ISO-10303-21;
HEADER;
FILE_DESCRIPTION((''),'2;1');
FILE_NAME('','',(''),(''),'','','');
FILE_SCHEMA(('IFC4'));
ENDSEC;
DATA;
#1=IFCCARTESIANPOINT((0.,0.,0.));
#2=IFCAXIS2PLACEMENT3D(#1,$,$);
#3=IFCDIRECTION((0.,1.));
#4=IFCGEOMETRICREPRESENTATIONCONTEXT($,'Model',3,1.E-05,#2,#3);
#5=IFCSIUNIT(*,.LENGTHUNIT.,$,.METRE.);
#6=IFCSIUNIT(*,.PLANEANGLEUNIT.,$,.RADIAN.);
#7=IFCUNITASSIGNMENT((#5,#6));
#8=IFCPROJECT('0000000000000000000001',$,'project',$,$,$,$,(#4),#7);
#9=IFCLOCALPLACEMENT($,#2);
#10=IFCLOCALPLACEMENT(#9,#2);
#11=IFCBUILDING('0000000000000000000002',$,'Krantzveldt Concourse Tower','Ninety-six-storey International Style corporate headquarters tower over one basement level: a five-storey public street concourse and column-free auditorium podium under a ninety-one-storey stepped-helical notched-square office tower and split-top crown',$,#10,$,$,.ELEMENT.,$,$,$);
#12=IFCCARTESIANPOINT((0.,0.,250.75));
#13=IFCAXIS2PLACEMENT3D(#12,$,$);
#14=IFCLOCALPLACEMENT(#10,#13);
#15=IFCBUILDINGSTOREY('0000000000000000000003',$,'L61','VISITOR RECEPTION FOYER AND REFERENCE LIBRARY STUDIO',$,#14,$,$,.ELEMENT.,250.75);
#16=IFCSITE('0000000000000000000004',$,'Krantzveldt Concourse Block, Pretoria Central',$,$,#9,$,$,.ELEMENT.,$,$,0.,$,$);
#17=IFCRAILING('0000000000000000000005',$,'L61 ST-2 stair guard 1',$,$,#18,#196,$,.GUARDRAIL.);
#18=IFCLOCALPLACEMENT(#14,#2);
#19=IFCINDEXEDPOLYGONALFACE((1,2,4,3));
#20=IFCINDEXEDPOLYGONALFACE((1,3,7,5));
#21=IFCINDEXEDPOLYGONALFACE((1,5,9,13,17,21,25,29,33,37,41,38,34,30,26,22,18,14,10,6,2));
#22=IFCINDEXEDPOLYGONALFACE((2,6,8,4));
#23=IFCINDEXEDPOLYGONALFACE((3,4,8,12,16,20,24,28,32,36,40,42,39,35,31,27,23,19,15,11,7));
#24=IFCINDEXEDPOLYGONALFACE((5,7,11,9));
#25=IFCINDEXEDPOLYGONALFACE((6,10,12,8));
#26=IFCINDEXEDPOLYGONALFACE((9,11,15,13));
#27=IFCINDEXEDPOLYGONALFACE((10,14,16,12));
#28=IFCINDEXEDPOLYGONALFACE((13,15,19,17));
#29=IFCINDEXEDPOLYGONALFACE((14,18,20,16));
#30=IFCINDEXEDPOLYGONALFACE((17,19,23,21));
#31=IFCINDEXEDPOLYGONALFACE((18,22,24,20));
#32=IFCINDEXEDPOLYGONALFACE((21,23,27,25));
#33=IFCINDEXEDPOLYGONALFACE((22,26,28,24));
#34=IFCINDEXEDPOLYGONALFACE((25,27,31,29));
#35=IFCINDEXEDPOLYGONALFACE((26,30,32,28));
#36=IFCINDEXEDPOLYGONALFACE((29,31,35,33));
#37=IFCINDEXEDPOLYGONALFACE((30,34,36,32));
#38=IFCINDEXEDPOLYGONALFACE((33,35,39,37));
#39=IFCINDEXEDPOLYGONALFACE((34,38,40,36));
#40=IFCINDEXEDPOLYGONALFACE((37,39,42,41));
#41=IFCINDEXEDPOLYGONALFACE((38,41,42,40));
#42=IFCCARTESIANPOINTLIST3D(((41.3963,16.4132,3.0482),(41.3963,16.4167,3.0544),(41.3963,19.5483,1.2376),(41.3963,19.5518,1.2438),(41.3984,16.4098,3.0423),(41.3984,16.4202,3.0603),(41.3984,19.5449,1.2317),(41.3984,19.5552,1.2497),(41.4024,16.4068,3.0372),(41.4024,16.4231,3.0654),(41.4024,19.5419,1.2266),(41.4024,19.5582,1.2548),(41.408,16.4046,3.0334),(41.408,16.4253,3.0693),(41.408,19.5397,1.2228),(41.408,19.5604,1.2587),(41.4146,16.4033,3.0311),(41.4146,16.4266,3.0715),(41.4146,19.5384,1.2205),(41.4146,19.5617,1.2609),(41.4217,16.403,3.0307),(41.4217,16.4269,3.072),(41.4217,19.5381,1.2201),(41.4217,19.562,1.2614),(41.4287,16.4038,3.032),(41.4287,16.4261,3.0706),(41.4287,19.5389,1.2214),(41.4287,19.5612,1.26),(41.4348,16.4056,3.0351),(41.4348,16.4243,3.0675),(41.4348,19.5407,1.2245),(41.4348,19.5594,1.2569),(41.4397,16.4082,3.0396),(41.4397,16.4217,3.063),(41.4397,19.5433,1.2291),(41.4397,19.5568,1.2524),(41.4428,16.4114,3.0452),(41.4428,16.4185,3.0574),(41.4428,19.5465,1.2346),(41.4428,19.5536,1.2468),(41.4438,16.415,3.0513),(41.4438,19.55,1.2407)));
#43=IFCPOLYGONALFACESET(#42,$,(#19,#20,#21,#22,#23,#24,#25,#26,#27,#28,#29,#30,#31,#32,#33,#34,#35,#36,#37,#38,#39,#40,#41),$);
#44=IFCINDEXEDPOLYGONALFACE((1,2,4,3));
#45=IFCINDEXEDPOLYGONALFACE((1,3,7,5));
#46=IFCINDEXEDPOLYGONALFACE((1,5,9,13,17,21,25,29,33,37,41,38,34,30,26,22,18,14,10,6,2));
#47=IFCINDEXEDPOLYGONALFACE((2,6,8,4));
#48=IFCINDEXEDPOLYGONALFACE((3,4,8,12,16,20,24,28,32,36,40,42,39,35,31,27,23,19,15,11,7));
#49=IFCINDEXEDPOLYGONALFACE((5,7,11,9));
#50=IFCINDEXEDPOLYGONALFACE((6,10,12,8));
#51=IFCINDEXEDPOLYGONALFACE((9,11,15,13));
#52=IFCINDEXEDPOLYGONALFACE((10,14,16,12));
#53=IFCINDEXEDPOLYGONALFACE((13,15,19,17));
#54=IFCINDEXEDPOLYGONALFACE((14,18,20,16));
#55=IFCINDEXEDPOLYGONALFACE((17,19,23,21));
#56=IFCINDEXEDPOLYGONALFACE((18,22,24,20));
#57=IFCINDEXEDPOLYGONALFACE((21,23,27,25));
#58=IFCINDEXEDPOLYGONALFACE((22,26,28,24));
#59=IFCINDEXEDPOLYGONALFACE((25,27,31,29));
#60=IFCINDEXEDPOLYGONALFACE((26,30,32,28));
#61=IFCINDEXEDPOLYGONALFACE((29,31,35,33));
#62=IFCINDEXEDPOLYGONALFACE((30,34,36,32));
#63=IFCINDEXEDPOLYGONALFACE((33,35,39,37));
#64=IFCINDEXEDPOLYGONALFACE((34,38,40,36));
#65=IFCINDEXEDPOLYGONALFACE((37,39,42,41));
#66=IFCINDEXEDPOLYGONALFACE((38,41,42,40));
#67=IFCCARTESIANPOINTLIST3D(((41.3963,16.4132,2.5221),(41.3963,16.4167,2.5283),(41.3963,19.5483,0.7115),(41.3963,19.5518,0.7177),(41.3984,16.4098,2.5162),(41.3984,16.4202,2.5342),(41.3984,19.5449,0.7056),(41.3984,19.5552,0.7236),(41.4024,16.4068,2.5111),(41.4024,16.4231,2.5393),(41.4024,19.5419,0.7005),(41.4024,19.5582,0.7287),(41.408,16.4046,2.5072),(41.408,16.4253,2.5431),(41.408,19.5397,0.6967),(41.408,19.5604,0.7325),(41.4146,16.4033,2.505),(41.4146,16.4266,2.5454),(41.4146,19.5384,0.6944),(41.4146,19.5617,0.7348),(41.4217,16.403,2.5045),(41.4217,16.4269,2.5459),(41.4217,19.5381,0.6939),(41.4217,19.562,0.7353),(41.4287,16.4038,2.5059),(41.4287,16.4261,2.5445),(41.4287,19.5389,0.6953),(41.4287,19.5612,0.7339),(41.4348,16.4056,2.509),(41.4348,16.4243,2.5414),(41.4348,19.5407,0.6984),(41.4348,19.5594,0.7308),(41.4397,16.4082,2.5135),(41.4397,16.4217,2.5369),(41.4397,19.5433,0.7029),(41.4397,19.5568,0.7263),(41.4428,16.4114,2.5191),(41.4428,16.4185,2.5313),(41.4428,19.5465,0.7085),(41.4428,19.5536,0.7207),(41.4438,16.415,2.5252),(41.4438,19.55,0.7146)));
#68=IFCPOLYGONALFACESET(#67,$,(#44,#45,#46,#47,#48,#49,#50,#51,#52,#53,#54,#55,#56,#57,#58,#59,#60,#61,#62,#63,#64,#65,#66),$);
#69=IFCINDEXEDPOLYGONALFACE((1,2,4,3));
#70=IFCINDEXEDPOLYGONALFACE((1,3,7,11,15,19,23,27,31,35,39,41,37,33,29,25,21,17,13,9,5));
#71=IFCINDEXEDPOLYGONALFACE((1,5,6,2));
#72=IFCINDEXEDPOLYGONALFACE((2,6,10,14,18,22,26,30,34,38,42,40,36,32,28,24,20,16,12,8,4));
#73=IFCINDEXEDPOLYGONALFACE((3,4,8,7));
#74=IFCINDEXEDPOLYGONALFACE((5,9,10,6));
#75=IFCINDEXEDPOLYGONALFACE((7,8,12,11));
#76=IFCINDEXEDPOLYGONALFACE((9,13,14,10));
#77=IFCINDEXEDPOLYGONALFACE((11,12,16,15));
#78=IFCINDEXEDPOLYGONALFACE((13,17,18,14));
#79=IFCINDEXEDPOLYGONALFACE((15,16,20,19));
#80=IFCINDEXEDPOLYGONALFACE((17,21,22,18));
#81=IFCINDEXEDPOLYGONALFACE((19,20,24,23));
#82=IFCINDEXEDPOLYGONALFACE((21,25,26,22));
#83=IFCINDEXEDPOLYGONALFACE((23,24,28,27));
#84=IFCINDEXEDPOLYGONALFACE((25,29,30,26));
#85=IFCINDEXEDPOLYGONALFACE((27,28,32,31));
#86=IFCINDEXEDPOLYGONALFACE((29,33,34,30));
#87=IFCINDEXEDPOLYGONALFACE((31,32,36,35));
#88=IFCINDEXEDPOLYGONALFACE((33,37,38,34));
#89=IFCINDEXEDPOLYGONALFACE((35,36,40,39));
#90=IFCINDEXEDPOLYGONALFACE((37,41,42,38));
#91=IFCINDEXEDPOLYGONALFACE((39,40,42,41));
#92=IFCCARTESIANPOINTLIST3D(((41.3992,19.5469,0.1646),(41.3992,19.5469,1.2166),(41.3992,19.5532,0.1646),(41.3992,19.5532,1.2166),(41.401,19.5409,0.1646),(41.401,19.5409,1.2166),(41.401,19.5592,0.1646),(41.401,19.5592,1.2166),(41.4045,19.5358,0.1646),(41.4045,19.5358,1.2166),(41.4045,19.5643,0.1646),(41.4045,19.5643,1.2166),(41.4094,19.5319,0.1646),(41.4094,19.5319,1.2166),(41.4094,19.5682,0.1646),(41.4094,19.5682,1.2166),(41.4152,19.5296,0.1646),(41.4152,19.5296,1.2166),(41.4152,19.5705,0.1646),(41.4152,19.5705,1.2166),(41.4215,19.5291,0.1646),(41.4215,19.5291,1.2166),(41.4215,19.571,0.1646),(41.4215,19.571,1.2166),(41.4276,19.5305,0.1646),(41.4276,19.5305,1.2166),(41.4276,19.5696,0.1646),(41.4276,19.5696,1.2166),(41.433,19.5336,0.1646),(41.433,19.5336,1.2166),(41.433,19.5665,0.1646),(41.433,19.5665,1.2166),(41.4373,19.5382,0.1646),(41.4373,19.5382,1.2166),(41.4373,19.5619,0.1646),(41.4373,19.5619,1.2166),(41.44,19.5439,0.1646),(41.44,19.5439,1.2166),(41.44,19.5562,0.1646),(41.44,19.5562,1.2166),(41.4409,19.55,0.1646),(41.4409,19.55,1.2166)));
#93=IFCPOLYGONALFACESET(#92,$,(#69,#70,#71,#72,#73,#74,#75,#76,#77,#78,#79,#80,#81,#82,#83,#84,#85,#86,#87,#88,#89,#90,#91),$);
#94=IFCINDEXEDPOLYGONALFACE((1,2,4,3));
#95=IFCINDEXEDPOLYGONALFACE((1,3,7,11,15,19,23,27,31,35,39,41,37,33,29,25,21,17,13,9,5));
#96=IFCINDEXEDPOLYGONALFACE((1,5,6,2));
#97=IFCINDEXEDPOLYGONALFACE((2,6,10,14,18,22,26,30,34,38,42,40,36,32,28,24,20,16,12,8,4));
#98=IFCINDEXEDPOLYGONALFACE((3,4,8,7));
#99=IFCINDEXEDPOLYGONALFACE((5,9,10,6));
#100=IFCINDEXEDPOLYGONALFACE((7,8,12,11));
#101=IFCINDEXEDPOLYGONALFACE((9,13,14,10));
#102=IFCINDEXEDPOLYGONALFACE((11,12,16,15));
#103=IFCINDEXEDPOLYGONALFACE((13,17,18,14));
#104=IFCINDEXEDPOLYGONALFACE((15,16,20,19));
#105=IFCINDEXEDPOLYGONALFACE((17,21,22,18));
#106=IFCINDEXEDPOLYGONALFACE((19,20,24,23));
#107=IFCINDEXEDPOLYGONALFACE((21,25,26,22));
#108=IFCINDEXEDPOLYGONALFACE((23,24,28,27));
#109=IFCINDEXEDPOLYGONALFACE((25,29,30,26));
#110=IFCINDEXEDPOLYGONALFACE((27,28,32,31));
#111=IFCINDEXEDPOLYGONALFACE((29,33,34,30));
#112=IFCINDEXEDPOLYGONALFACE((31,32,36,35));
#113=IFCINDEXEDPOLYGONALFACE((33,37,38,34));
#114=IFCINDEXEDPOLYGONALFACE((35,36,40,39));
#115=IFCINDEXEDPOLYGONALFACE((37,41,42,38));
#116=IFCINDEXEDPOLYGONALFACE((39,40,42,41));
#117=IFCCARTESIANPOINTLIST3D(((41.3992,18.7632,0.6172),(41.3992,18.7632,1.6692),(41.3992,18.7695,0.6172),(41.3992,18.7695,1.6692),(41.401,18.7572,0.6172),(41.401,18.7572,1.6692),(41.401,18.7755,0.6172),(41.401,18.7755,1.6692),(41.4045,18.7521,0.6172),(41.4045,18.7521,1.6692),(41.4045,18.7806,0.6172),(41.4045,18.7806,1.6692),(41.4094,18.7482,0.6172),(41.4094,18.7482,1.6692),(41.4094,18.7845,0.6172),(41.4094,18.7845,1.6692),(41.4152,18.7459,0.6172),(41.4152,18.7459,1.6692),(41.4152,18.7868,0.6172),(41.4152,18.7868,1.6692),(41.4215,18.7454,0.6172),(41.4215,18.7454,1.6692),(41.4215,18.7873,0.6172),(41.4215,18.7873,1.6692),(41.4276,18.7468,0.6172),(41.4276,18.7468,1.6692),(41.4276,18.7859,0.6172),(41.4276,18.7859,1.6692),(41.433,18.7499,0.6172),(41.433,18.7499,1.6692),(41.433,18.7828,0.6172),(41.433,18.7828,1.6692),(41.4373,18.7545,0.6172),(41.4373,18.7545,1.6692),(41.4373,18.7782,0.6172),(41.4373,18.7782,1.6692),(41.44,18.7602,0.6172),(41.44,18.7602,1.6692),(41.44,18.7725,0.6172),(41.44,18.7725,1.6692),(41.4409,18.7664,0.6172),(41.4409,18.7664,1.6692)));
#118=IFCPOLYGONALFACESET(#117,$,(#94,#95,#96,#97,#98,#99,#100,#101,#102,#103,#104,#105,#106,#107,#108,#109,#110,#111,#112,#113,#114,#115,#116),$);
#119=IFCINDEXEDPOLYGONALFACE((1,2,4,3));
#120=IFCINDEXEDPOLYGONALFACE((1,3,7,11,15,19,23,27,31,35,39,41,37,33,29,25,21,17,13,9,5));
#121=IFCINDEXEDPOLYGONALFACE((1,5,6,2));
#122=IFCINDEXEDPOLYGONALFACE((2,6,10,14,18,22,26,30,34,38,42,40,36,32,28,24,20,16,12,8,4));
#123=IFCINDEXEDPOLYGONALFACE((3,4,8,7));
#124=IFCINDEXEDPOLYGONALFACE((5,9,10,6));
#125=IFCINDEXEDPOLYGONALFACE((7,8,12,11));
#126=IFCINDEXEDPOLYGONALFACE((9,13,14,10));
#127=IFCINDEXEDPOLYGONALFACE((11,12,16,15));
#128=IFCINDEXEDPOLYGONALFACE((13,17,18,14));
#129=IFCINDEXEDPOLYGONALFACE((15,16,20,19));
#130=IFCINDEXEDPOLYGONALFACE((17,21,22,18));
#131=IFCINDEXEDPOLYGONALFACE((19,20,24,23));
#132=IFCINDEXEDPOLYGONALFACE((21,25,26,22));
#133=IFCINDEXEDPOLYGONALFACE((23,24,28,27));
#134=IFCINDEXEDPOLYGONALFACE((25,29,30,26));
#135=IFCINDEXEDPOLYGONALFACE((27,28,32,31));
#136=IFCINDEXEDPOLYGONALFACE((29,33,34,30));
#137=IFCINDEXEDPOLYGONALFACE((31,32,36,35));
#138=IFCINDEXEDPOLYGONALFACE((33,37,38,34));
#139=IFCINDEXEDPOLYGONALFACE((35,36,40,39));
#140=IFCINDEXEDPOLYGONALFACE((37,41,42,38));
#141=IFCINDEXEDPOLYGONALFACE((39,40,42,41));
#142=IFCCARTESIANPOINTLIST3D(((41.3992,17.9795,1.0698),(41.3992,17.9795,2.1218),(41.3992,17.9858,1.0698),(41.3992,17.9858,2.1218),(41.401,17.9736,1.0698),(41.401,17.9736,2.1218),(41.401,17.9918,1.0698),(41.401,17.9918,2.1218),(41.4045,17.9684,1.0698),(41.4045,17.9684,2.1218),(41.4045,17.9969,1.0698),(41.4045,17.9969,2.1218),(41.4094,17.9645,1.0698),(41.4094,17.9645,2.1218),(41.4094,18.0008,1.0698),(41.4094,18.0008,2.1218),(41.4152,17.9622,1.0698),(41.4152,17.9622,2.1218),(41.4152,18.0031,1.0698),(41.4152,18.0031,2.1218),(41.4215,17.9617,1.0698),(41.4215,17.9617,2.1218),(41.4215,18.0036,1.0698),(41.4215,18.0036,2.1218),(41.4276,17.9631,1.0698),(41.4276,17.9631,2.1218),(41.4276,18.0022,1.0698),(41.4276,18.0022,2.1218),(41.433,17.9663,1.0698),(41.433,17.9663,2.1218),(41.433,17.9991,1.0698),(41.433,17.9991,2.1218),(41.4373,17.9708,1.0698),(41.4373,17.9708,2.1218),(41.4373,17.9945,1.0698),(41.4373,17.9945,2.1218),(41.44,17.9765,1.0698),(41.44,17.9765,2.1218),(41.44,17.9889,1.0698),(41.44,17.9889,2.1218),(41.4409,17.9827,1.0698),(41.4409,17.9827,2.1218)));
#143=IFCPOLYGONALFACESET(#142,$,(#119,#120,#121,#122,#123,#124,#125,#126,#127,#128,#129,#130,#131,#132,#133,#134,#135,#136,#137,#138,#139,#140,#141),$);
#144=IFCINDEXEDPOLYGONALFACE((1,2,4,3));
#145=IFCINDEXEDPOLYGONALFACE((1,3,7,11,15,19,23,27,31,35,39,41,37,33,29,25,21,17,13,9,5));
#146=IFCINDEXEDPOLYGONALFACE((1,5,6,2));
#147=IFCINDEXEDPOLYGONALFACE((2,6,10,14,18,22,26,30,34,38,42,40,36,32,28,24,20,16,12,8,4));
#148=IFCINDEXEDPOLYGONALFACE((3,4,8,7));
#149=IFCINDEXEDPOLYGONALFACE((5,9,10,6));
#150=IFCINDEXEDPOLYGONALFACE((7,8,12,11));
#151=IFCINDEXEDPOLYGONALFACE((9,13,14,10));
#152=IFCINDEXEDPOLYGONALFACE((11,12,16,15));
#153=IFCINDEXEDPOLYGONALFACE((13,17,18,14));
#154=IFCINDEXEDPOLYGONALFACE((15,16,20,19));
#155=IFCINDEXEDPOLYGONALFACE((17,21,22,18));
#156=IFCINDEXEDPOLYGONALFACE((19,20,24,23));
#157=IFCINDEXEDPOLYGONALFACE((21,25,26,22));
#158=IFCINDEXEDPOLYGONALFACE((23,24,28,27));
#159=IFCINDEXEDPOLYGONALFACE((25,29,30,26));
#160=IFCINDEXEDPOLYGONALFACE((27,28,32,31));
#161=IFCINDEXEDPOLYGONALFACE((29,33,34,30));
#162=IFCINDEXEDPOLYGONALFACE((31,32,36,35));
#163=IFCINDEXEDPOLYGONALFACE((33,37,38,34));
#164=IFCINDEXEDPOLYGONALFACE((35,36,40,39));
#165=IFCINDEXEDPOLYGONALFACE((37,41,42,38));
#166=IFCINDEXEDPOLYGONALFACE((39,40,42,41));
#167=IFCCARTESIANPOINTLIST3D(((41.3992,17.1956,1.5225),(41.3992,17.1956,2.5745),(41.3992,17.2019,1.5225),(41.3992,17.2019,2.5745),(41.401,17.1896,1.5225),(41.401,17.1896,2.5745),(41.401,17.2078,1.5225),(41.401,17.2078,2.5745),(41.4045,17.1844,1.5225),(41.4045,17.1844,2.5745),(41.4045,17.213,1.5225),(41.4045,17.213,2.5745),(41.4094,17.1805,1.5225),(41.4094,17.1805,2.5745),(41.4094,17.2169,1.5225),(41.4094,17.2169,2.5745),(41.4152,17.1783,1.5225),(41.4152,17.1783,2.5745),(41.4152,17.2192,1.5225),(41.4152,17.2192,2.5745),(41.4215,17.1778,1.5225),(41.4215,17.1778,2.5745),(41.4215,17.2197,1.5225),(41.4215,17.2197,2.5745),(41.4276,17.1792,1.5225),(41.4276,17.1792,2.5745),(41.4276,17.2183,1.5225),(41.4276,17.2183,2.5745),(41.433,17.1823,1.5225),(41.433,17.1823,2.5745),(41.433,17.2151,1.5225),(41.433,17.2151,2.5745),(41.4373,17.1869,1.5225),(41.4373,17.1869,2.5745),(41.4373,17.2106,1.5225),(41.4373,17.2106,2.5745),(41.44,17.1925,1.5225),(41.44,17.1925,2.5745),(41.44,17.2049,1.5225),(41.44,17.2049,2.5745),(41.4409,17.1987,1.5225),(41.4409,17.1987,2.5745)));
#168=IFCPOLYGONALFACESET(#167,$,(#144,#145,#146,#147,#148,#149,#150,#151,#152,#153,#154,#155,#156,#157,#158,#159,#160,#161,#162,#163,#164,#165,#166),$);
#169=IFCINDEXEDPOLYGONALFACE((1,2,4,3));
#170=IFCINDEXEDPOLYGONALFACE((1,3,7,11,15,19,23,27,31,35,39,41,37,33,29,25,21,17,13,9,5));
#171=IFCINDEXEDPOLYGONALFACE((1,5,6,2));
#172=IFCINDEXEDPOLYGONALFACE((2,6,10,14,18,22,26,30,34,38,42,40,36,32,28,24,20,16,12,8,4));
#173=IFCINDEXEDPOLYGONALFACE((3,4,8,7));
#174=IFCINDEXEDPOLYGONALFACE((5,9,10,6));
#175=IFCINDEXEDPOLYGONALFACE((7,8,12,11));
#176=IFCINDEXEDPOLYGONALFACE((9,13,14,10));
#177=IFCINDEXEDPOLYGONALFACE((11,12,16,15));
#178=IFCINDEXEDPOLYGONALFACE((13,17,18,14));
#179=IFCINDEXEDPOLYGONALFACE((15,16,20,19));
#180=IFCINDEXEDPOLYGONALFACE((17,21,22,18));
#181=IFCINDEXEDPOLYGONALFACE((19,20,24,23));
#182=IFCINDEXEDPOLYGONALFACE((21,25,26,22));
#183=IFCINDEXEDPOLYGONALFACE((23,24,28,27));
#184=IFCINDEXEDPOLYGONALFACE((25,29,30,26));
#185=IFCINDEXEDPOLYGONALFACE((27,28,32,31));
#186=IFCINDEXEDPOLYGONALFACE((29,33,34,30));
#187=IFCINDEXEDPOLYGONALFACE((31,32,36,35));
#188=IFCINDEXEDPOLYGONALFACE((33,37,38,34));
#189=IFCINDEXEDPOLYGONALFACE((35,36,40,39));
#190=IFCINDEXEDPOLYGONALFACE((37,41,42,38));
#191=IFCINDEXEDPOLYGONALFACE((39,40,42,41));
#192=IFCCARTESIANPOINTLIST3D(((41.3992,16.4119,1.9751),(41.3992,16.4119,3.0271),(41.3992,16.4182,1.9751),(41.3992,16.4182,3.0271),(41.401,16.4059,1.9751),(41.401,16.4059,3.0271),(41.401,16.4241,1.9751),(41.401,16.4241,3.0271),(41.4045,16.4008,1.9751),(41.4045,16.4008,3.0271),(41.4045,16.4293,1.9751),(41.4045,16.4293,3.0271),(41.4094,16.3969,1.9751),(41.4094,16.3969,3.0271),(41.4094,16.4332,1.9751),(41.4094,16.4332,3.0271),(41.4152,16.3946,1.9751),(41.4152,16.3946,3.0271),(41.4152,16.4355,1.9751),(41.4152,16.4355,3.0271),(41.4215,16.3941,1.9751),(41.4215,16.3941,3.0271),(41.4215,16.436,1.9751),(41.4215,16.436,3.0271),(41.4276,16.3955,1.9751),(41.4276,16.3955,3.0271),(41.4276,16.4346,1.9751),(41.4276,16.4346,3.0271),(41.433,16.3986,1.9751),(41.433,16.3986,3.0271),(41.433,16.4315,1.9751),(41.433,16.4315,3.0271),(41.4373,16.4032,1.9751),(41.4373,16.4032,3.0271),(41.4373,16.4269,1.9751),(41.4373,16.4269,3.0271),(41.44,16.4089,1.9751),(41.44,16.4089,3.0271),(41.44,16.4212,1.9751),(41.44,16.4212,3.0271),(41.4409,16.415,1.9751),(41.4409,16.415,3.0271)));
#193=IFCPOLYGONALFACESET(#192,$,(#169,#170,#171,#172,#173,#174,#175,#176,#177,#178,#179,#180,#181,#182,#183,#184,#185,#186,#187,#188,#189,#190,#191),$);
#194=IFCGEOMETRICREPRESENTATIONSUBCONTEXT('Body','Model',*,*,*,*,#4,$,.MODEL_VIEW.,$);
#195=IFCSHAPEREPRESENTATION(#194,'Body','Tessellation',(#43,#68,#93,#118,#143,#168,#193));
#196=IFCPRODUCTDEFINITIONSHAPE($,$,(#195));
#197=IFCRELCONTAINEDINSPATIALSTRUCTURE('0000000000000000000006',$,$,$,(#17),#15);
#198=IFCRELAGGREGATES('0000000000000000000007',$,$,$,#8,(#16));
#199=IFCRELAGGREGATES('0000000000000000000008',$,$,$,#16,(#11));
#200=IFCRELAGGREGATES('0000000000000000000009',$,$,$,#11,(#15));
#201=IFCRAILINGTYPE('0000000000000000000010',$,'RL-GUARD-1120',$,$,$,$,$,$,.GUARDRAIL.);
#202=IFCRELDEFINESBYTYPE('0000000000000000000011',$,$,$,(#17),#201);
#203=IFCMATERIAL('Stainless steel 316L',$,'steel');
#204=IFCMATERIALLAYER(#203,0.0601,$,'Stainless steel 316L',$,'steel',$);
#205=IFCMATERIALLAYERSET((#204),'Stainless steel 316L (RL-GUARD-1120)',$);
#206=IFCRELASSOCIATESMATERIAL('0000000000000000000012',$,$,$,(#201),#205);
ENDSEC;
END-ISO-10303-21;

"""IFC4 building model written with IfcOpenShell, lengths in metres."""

from ifc_helpers import new_model, si_unit, direction, frame, origin, origin_2d, place, context, subcontext, project, spatial, circle, extrude, material, layer, layer_set, type_object, element, save


model = new_model("IFC4")

# Units and contexts
model_context = context("Model", 3, precision=1e-05, world=origin(), true_north=direction((0.0, 1.0)))
body_context = subcontext(model_context, "Body", "Model", "MODEL_VIEW")
ifc_project = project(units=[si_unit("LENGTHUNIT", "METRE"), si_unit("PLANEANGLEUNIT", "RADIAN")], contexts=[model_context])

# Site, building, storey
site_placement = place(None, origin())
site = spatial("IfcSite", under=ifc_project, at=site_placement, Name="Krantzveldt Concourse Block, Pretoria Central", CompositionType="ELEMENT", RefElevation=0.0)
building_placement = place(site_placement, origin())
building = spatial("IfcBuilding", under=site, at=building_placement, Name="Krantzveldt Concourse Tower", Description="Ninety-six-storey International Style corporate headquarters tower over one basement level: a five-storey public street concourse and column-free auditorium podium under a ninety-one-storey stepped-helical notched-square office tower and split-top crown", CompositionType="ELEMENT")
storey_placement = place(building_placement, frame((0.0, 0.0, 250.75)))
storey = spatial("IfcBuildingStorey", under=building, at=storey_placement, Name="L61", Description="VISITOR RECEPTION FOYER AND REFERENCE LIBRARY STUDIO", CompositionType="ELEMENT", Elevation=250.75)

# Shared definitions
ifc_material_1 = material(Name="Stainless steel 316L", Category="steel")

# Railing
ifc_layer_1 = layer(ifc_material_1, 0.0601, Name="Stainless steel 316L", Category="steel")
ifc_layer_set_1 = layer_set([ifc_layer_1], Name="Stainless steel 316L (RL-GUARD-1120)")
railing_type_1 = type_object("IfcRailingType", Name="RL-GUARD-1120", PredefinedType="GUARDRAIL", material=ifc_layer_set_1)
railing_1_placement = place(storey_placement, frame((41.4199, 19.55, 0.1646)))
element("IfcRailing", 1, at=railing_1_placement, inside=storey, type_object=railing_type_1, Name="L61 ST-2 stair guard 1", PredefinedType="GUARDRAIL", context=body_context, shape_type="SweptSolid", body=[
    extrude(circle(Radius=0.0239, at=origin_2d()), frame((0.0, 0.0, 1.0762), z_axis=(0.0, -0.86596, 0.500114), x_axis=(1.0, 0.0, 0.0)), (0.0, 0.0, 1.0), 3.6204),
    extrude(circle(Radius=0.0239, at=origin_2d()), frame((0.0, 0.0, 0.55), z_axis=(0.0, -0.86596, 0.500114), x_axis=(1.0, 0.0, 0.0)), (0.0, 0.0, 1.0), 3.6204),
    extrude(circle(Radius=0.021, at=origin_2d()), origin(), (0.0, 0.0, 1.0), 1.052),
    extrude(circle(Radius=0.021, at=origin_2d()), frame((0.0, -0.7837, 0.4526)), (0.0, 0.0, 1.0), 1.052),
    extrude(circle(Radius=0.021, at=origin_2d()), frame((0.0, -1.5674, 0.9053)), (0.0, 0.0, 1.0), 1.052),
    extrude(circle(Radius=0.021, at=origin_2d()), frame((0.0, -2.3513, 1.3579)), (0.0, 0.0, 1.0), 1.052),
    extrude(circle(Radius=0.021, at=origin_2d()), frame((0.0, -3.135, 1.8105)), (0.0, 0.0, 1.0), 1.052),
])

save(model, "model.ifc")
